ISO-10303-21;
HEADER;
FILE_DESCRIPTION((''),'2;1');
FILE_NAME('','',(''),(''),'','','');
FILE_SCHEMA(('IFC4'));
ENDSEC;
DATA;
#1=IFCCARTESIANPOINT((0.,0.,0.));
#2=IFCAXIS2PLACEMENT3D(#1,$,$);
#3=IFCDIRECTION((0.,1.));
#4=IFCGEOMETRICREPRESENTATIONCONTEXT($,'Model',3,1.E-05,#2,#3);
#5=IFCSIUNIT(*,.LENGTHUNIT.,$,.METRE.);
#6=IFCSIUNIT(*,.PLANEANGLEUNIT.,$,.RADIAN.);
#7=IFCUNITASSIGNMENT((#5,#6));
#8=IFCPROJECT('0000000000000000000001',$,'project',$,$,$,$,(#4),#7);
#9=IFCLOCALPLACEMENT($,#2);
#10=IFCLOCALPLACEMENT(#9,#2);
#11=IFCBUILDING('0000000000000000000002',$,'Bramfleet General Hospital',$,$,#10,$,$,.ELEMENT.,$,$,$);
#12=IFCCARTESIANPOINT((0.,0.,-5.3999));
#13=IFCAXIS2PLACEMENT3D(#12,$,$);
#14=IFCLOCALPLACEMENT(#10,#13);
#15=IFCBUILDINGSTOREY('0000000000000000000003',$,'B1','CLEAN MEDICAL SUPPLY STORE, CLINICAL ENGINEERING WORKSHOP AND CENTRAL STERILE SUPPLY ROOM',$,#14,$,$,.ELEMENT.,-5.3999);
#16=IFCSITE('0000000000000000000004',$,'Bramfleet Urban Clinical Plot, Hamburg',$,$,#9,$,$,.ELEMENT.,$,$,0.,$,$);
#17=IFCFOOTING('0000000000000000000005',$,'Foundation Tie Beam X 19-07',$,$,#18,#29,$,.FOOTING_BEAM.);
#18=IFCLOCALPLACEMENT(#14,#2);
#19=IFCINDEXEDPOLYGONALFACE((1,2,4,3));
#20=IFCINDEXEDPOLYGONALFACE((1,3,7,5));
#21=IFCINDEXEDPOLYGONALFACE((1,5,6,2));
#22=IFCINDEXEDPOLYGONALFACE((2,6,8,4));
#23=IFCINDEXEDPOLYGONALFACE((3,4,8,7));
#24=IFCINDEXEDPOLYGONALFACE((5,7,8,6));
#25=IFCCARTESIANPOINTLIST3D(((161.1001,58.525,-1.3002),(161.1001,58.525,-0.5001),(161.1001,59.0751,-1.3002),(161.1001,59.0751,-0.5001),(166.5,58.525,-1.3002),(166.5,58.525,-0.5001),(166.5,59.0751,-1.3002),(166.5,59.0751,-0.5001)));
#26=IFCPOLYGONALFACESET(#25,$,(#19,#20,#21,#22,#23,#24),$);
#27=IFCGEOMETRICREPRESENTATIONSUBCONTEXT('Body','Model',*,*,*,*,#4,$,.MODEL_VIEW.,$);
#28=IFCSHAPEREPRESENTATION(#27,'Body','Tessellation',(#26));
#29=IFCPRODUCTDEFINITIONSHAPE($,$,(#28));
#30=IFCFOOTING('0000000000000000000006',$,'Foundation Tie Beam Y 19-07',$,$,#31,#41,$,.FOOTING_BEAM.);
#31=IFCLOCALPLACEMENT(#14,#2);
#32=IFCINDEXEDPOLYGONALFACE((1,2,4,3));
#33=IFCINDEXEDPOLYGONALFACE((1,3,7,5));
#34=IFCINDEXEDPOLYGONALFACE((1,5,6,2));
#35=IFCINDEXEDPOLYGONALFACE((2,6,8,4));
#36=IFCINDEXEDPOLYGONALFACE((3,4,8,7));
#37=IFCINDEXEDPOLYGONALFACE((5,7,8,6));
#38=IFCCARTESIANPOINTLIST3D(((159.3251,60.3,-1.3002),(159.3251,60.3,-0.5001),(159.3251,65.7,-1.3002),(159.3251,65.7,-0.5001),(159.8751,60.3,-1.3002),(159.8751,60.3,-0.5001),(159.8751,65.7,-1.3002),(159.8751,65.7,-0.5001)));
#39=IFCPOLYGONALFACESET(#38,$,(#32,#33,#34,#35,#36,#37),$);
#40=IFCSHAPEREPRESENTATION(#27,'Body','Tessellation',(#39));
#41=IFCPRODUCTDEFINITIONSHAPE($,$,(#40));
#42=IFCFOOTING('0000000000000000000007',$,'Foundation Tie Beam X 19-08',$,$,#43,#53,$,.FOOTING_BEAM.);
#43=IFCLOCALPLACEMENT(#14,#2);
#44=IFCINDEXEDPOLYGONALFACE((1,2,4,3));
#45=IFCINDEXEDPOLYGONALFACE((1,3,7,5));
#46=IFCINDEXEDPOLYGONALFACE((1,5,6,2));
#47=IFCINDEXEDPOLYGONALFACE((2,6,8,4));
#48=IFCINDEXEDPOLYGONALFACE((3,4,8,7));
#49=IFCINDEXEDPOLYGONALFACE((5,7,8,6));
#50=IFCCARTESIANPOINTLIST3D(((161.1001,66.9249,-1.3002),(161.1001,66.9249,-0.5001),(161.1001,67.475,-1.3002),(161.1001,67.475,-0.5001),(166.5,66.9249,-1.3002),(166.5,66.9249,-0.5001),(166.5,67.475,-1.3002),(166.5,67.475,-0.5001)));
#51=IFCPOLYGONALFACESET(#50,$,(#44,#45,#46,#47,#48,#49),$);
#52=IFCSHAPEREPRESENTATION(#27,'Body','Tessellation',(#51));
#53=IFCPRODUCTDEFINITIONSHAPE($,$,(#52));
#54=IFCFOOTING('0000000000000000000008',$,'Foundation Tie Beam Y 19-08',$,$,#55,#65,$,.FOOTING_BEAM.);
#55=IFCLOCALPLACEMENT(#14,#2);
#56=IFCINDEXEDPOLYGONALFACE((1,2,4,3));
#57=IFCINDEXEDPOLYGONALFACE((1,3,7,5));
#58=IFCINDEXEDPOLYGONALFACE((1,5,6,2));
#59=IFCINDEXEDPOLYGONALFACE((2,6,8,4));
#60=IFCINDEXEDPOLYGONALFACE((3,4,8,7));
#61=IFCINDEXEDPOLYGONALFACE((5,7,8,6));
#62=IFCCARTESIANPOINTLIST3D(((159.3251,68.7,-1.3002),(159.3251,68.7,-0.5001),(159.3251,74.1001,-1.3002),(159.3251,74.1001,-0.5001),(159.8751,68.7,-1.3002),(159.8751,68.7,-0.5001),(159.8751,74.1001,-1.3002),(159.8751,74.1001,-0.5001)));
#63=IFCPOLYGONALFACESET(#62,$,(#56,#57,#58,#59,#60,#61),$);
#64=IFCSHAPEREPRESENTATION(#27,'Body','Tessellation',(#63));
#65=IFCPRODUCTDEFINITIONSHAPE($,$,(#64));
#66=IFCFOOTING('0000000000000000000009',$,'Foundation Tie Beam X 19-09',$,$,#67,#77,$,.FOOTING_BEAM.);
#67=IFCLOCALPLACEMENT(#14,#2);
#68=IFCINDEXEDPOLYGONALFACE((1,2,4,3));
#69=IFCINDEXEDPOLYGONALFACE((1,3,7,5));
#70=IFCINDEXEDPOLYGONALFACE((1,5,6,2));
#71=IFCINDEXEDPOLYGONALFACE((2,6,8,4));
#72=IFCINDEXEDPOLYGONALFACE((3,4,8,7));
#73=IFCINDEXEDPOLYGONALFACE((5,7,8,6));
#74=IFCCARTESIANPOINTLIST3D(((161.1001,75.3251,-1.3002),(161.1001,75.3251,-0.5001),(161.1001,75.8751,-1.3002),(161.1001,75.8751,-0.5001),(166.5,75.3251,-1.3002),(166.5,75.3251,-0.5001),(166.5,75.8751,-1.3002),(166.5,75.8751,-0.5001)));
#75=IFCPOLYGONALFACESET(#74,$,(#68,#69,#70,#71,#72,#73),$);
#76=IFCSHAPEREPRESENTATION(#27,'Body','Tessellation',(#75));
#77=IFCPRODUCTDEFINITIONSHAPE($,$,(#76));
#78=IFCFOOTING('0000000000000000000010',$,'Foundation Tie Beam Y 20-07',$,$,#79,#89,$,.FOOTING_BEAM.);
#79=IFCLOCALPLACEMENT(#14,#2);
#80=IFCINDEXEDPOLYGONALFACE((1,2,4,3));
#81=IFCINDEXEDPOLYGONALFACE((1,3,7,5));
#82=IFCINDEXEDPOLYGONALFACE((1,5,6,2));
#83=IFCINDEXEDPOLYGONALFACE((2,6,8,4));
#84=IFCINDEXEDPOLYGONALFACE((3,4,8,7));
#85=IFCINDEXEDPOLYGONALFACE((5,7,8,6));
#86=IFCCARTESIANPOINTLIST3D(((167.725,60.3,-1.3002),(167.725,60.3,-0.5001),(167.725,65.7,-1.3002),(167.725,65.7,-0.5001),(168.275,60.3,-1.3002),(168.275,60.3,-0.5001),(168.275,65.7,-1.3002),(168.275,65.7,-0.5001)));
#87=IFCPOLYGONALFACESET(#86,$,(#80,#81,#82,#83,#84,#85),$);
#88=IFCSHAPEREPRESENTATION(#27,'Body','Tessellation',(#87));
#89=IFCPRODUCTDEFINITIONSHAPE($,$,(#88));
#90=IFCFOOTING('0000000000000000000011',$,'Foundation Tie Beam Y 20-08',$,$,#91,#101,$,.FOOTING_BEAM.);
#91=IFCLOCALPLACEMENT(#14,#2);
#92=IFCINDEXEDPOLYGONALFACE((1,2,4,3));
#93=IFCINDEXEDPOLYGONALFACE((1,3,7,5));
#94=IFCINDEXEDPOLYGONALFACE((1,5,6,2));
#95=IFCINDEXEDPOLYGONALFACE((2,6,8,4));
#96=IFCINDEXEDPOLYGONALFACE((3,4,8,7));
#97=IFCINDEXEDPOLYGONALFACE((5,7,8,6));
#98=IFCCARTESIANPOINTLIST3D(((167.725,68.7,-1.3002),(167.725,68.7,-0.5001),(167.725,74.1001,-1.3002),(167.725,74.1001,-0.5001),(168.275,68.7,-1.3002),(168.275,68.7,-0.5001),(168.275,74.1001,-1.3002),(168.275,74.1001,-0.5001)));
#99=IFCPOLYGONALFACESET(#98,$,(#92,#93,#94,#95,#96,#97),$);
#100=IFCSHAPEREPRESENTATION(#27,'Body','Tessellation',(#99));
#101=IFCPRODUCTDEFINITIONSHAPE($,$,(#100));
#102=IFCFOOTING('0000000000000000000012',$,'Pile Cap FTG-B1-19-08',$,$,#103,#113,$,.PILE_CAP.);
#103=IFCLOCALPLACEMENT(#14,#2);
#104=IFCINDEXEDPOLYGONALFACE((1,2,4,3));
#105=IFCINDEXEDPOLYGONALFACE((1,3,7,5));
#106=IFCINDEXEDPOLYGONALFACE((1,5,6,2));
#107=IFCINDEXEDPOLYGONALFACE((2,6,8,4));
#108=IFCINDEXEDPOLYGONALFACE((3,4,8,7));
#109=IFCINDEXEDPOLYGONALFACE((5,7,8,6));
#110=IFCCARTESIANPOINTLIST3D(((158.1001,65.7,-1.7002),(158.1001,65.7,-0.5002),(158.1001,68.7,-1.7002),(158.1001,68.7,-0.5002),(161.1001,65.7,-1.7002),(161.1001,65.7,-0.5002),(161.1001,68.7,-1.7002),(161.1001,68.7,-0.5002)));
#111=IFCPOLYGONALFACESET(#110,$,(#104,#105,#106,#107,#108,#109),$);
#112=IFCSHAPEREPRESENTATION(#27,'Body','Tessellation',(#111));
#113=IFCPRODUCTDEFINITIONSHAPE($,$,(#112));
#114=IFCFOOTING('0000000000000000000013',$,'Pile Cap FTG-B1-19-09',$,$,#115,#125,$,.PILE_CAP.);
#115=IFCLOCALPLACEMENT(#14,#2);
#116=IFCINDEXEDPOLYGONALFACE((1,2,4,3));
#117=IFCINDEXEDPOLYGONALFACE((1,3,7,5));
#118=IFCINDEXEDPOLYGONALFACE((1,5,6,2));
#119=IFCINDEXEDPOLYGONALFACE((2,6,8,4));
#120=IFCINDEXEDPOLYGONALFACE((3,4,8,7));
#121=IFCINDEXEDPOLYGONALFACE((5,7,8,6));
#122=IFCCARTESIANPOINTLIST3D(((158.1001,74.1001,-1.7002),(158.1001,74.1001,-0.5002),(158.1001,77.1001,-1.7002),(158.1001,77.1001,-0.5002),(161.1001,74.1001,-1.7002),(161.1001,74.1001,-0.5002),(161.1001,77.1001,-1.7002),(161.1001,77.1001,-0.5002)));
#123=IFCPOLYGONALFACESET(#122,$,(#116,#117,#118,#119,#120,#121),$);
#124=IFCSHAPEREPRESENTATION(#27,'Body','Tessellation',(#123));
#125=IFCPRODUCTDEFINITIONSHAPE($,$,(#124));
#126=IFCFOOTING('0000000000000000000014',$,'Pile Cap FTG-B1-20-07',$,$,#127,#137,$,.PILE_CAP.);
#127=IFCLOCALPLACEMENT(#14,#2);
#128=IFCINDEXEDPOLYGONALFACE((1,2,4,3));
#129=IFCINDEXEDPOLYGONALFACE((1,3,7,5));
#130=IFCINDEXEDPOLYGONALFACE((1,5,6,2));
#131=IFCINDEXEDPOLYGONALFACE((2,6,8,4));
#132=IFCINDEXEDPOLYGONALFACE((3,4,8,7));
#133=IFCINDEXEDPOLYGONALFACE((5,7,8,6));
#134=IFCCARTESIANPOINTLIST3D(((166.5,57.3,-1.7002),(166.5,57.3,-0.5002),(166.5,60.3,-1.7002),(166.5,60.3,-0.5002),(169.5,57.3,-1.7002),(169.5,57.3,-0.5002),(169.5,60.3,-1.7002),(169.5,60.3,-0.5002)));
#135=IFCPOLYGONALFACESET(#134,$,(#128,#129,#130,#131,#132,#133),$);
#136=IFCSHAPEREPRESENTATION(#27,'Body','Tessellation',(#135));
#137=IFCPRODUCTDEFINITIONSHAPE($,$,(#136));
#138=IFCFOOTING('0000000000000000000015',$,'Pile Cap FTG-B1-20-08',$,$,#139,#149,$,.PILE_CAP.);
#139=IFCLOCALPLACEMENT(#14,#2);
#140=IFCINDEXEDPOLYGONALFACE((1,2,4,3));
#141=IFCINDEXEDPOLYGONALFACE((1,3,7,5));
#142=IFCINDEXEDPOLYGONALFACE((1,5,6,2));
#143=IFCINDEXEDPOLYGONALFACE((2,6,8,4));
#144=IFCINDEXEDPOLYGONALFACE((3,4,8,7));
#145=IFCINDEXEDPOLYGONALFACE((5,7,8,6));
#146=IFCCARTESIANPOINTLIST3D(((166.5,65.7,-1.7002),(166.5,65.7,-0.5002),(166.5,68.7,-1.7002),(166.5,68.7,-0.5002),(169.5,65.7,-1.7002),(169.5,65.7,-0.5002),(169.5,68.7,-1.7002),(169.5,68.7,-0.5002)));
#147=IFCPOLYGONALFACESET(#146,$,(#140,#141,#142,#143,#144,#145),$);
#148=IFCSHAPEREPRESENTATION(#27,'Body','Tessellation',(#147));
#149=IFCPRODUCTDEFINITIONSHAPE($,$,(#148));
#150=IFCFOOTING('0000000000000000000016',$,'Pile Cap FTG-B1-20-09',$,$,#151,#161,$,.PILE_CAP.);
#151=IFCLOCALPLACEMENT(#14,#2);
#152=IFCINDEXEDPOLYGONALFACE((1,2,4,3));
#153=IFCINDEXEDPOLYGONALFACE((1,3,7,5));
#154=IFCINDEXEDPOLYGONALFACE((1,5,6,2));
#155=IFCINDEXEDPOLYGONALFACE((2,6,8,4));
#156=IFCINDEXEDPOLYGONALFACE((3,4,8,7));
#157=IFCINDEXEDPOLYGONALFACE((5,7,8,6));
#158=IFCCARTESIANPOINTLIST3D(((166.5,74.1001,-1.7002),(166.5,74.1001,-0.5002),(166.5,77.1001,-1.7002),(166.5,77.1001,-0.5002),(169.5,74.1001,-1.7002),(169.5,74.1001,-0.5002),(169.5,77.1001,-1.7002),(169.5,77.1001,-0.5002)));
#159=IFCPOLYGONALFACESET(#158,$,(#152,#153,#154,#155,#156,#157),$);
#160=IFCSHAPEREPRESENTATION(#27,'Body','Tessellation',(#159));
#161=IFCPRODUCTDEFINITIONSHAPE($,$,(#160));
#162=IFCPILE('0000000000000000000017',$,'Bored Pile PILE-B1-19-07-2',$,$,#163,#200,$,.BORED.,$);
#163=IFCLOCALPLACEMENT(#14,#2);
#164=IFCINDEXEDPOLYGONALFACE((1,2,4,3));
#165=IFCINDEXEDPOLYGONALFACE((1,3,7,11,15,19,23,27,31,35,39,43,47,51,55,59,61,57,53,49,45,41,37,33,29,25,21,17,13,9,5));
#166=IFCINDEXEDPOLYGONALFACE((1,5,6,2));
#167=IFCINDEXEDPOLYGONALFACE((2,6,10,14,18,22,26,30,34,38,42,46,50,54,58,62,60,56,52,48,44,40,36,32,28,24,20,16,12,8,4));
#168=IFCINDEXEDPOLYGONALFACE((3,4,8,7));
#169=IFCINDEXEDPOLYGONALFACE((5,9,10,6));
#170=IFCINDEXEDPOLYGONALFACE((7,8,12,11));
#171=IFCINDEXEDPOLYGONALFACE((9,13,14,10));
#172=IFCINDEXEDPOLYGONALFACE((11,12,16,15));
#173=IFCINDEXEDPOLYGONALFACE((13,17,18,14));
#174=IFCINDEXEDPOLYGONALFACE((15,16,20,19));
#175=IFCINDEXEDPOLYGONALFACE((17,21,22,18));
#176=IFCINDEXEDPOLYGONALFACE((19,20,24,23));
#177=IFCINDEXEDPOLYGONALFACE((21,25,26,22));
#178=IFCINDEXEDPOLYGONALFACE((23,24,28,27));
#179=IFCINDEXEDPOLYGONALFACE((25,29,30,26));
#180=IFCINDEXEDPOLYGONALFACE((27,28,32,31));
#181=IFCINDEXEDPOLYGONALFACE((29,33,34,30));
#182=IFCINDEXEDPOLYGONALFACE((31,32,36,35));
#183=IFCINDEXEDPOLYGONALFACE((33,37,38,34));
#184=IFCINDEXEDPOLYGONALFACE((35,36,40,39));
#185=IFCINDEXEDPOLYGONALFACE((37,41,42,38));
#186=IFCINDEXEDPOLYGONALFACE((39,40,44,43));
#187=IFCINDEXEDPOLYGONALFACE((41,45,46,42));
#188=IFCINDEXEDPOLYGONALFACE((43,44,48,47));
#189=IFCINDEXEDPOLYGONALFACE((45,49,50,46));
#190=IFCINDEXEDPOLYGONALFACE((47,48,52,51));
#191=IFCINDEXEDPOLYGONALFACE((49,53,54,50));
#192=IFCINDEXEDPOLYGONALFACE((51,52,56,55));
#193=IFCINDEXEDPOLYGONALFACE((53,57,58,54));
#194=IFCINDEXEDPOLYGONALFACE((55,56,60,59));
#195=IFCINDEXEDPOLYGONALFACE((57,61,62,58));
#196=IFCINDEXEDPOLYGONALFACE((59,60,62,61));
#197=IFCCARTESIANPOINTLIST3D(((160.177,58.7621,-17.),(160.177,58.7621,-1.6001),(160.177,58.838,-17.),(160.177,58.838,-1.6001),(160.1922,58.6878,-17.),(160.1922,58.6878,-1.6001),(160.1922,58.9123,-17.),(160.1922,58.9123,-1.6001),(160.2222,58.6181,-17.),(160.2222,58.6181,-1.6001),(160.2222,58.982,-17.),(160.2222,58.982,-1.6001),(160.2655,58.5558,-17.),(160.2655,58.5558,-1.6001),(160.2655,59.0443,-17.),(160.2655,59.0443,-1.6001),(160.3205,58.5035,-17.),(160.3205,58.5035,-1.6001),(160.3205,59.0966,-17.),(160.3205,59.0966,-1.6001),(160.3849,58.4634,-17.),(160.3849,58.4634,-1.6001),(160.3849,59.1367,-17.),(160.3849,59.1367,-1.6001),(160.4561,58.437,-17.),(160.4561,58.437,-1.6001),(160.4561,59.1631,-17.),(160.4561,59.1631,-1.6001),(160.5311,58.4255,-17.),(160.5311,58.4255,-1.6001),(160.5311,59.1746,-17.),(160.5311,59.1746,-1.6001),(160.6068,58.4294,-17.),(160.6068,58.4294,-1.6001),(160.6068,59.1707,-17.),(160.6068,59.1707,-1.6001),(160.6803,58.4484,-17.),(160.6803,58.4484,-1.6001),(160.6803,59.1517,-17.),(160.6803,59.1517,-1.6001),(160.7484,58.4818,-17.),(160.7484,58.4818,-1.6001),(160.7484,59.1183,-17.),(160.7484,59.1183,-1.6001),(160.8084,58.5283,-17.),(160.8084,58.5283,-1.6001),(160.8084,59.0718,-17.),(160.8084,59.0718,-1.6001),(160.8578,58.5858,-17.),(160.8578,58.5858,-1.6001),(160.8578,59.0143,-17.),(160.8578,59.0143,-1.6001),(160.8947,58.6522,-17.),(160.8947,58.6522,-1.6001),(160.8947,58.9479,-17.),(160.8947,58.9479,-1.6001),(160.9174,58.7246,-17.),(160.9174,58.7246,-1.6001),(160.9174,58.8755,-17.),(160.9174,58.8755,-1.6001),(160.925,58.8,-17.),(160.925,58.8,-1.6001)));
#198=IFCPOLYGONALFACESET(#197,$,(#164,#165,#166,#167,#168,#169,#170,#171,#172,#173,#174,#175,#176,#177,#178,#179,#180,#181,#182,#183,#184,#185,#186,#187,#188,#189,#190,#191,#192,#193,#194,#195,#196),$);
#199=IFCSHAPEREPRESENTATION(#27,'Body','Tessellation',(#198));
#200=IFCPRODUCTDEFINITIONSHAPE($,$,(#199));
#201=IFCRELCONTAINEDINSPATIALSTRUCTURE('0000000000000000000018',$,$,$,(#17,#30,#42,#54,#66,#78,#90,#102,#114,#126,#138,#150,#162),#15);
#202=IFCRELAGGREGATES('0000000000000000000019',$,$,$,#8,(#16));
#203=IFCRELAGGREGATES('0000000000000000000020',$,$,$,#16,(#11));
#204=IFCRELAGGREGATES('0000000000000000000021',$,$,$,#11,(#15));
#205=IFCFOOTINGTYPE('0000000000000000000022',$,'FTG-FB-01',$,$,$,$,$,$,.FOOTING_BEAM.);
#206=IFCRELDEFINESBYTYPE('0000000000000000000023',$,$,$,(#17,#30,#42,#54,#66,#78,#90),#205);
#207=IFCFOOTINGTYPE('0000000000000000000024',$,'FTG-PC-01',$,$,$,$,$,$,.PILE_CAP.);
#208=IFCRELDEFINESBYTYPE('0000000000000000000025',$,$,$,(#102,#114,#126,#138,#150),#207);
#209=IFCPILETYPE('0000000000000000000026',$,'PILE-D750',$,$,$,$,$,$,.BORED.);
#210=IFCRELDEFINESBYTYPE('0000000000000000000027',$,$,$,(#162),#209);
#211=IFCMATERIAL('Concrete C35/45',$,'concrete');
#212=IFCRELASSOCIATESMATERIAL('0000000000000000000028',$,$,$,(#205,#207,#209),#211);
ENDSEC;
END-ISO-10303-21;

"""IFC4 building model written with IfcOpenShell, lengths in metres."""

from ifc_helpers import new_model, si_unit, direction, frame, origin, origin_2d, place, context, subcontext, project, spatial, rectangle, circle, extrude, material, material_profile, profile_set, type_object, element, save


model = new_model("IFC4")

# Units and contexts
model_context = context("Model", 3, precision=1e-05, world=origin(), true_north=direction((0.0, 1.0)))
body_context = subcontext(model_context, "Body", "Model", "MODEL_VIEW")
ifc_project = project(units=[si_unit("LENGTHUNIT", "METRE"), si_unit("PLANEANGLEUNIT", "RADIAN")], contexts=[model_context])

# Site, building, storey
site_placement = place(None, origin())
site = spatial("IfcSite", under=ifc_project, at=site_placement, Name="Bramfleet Urban Clinical Plot, Hamburg", CompositionType="ELEMENT", RefElevation=0.0)
building_placement = place(site_placement, origin())
building = spatial("IfcBuilding", under=site, at=building_placement, Name="Bramfleet General Hospital", CompositionType="ELEMENT")
storey_placement = place(building_placement, frame((0.0, 0.0, -5.3999)))
storey = spatial("IfcBuildingStorey", under=building, at=storey_placement, Name="B1", Description="CLEAN MEDICAL SUPPLY STORE, CLINICAL ENGINEERING WORKSHOP AND CENTRAL STERILE SUPPLY ROOM", CompositionType="ELEMENT", Elevation=-5.3999)

# Footings
ifc_material_1 = material(Name="Concrete C35/45", Category="concrete")
ifc_material_profile_1 = material_profile(ifc_material_1, rectangle(XDim=0.55, YDim=0.8, at=origin_2d()), Name="RC FB 800x550")
ifc_profile_set_1 = profile_set([ifc_material_profile_1], Name="Concrete C35/45")
footing_type_1 = type_object("IfcFootingType", Name="FTG-FB-01", PredefinedType="FOOTING_BEAM", material=ifc_profile_set_1)
for number, where, z_axis, x_axis, name in (
    (1, (161.1001, 58.8, -0.9001), (1.0, 0.0, 0.0), (0.0, 1.0, 0.0), "Foundation Tie Beam X 19-07"),
    (2, (159.6001, 60.3, -0.9001), (0.0, 1.0, 0.0), (-1.0, 0.0, 0.0), "Foundation Tie Beam Y 19-07"),
    (3, (161.1001, 67.2, -0.9001), (1.0, 0.0, 0.0), (0.0, 1.0, 0.0), "Foundation Tie Beam X 19-08"),
):
    element("IfcFooting", number, at=place(storey_placement, frame(where, z_axis=z_axis, x_axis=x_axis)), inside=storey, type_object=footing_type_1, Name=name, PredefinedType="FOOTING_BEAM", context=body_context, shape_type="SweptSolid", body=[
        extrude(rectangle(XDim=0.55, YDim=0.8, at=origin_2d()), origin(), (0.0, 0.0, 1.0), 5.3999),
    ])
footing_1_placement = place(storey_placement, frame((159.6001, 68.7, -0.9001), z_axis=(0.0, 1.0, 0.0), x_axis=(-1.0, 0.0, 0.0)))
element("IfcFooting", 4, at=footing_1_placement, inside=storey, type_object=footing_type_1, Name="Foundation Tie Beam Y 19-08", PredefinedType="FOOTING_BEAM", context=body_context, shape_type="SweptSolid", body=[
    extrude(rectangle(XDim=0.55, YDim=0.8, at=origin_2d()), origin(), (0.0, 0.0, 1.0), 5.4001),
])
for number, where, z_axis, x_axis, name in (
    (5, (161.1001, 75.6001, -0.9001), (1.0, 0.0, 0.0), (0.0, 1.0, 0.0), "Foundation Tie Beam X 19-09"),
    (6, (168.0, 60.3, -0.9001), (0.0, 1.0, 0.0), (-1.0, 0.0, 0.0), "Foundation Tie Beam Y 20-07"),
):
    element("IfcFooting", number, at=place(storey_placement, frame(where, z_axis=z_axis, x_axis=x_axis)), inside=storey, type_object=footing_type_1, Name=name, PredefinedType="FOOTING_BEAM", context=body_context, shape_type="SweptSolid", body=[
        extrude(rectangle(XDim=0.55, YDim=0.8, at=origin_2d()), origin(), (0.0, 0.0, 1.0), 5.3999),
    ])
footing_2_placement = place(storey_placement, frame((168.0, 68.7, -0.9001), z_axis=(0.0, 1.0, 0.0), x_axis=(-1.0, 0.0, 0.0)))
element("IfcFooting", 7, at=footing_2_placement, inside=storey, type_object=footing_type_1, Name="Foundation Tie Beam Y 20-08", PredefinedType="FOOTING_BEAM", context=body_context, shape_type="SweptSolid", body=[
    extrude(rectangle(XDim=0.55, YDim=0.8, at=origin_2d()), origin(), (0.0, 0.0, 1.0), 5.4001),
])
footing_type_2 = type_object("IfcFootingType", Name="FTG-PC-01", PredefinedType="PILE_CAP", material=ifc_material_1)
for number, where, z_axis, x_axis, name in (
    (8, (159.6001, 67.2, -1.7002), (0.0, 0.0, 1.0), (1.0, 0.0, 0.0), "Pile Cap FTG-B1-19-08"),
    (9, (159.6001, 75.6001, -1.7002), (0.0, 0.0, 1.0), (1.0, 0.0, 0.0), "Pile Cap FTG-B1-19-09"),
    (10, (168.0, 58.8, -1.7002), (0.0, 0.0, 1.0), (1.0, 0.0, 0.0), "Pile Cap FTG-B1-20-07"),
    (11, (168.0, 67.2, -1.7002), (0.0, 0.0, 1.0), (1.0, 0.0, 0.0), "Pile Cap FTG-B1-20-08"),
    (12, (168.0, 75.6001, -1.7002), (0.0, 0.0, 1.0), (1.0, 0.0, 0.0), "Pile Cap FTG-B1-20-09"),
):
    element("IfcFooting", number, at=place(storey_placement, frame(where, z_axis=z_axis, x_axis=x_axis)), inside=storey, type_object=footing_type_2, Name=name, PredefinedType="PILE_CAP", context=body_context, shape_type="SweptSolid", body=[
        extrude(rectangle(XDim=3.0, YDim=3.0, at=origin_2d()), origin(), (0.0, 0.0, 1.0), 1.2),
    ])

# Pile
ifc_material_profile_2 = material_profile(ifc_material_1, circle(Radius=0.375, at=origin_2d()), Name="PILE BORED D750")
ifc_profile_set_2 = profile_set([ifc_material_profile_2], Name="Concrete C35/45")
pile_type = type_object("IfcPileType", Name="PILE-D750", PredefinedType="BORED", material=ifc_profile_set_2)
for number, where, z_axis, x_axis, name in (
    (13, (160.55, 58.8, -1.6001), (0.0, 0.0, -1.0), (1.0, 0.0, 0.0), "Bored Pile PILE-B1-19-07-2"),
):
    element("IfcPile", number, at=place(storey_placement, frame(where, z_axis=z_axis, x_axis=x_axis)), inside=storey, type_object=pile_type, Name=name, PredefinedType="BORED", context=body_context, shape_type="SweptSolid", body=[
        extrude(circle(Radius=0.375, at=origin_2d()), origin(), (0.0, 0.0, 1.0), 15.3999),
    ])

save(model, "model.ifc")
